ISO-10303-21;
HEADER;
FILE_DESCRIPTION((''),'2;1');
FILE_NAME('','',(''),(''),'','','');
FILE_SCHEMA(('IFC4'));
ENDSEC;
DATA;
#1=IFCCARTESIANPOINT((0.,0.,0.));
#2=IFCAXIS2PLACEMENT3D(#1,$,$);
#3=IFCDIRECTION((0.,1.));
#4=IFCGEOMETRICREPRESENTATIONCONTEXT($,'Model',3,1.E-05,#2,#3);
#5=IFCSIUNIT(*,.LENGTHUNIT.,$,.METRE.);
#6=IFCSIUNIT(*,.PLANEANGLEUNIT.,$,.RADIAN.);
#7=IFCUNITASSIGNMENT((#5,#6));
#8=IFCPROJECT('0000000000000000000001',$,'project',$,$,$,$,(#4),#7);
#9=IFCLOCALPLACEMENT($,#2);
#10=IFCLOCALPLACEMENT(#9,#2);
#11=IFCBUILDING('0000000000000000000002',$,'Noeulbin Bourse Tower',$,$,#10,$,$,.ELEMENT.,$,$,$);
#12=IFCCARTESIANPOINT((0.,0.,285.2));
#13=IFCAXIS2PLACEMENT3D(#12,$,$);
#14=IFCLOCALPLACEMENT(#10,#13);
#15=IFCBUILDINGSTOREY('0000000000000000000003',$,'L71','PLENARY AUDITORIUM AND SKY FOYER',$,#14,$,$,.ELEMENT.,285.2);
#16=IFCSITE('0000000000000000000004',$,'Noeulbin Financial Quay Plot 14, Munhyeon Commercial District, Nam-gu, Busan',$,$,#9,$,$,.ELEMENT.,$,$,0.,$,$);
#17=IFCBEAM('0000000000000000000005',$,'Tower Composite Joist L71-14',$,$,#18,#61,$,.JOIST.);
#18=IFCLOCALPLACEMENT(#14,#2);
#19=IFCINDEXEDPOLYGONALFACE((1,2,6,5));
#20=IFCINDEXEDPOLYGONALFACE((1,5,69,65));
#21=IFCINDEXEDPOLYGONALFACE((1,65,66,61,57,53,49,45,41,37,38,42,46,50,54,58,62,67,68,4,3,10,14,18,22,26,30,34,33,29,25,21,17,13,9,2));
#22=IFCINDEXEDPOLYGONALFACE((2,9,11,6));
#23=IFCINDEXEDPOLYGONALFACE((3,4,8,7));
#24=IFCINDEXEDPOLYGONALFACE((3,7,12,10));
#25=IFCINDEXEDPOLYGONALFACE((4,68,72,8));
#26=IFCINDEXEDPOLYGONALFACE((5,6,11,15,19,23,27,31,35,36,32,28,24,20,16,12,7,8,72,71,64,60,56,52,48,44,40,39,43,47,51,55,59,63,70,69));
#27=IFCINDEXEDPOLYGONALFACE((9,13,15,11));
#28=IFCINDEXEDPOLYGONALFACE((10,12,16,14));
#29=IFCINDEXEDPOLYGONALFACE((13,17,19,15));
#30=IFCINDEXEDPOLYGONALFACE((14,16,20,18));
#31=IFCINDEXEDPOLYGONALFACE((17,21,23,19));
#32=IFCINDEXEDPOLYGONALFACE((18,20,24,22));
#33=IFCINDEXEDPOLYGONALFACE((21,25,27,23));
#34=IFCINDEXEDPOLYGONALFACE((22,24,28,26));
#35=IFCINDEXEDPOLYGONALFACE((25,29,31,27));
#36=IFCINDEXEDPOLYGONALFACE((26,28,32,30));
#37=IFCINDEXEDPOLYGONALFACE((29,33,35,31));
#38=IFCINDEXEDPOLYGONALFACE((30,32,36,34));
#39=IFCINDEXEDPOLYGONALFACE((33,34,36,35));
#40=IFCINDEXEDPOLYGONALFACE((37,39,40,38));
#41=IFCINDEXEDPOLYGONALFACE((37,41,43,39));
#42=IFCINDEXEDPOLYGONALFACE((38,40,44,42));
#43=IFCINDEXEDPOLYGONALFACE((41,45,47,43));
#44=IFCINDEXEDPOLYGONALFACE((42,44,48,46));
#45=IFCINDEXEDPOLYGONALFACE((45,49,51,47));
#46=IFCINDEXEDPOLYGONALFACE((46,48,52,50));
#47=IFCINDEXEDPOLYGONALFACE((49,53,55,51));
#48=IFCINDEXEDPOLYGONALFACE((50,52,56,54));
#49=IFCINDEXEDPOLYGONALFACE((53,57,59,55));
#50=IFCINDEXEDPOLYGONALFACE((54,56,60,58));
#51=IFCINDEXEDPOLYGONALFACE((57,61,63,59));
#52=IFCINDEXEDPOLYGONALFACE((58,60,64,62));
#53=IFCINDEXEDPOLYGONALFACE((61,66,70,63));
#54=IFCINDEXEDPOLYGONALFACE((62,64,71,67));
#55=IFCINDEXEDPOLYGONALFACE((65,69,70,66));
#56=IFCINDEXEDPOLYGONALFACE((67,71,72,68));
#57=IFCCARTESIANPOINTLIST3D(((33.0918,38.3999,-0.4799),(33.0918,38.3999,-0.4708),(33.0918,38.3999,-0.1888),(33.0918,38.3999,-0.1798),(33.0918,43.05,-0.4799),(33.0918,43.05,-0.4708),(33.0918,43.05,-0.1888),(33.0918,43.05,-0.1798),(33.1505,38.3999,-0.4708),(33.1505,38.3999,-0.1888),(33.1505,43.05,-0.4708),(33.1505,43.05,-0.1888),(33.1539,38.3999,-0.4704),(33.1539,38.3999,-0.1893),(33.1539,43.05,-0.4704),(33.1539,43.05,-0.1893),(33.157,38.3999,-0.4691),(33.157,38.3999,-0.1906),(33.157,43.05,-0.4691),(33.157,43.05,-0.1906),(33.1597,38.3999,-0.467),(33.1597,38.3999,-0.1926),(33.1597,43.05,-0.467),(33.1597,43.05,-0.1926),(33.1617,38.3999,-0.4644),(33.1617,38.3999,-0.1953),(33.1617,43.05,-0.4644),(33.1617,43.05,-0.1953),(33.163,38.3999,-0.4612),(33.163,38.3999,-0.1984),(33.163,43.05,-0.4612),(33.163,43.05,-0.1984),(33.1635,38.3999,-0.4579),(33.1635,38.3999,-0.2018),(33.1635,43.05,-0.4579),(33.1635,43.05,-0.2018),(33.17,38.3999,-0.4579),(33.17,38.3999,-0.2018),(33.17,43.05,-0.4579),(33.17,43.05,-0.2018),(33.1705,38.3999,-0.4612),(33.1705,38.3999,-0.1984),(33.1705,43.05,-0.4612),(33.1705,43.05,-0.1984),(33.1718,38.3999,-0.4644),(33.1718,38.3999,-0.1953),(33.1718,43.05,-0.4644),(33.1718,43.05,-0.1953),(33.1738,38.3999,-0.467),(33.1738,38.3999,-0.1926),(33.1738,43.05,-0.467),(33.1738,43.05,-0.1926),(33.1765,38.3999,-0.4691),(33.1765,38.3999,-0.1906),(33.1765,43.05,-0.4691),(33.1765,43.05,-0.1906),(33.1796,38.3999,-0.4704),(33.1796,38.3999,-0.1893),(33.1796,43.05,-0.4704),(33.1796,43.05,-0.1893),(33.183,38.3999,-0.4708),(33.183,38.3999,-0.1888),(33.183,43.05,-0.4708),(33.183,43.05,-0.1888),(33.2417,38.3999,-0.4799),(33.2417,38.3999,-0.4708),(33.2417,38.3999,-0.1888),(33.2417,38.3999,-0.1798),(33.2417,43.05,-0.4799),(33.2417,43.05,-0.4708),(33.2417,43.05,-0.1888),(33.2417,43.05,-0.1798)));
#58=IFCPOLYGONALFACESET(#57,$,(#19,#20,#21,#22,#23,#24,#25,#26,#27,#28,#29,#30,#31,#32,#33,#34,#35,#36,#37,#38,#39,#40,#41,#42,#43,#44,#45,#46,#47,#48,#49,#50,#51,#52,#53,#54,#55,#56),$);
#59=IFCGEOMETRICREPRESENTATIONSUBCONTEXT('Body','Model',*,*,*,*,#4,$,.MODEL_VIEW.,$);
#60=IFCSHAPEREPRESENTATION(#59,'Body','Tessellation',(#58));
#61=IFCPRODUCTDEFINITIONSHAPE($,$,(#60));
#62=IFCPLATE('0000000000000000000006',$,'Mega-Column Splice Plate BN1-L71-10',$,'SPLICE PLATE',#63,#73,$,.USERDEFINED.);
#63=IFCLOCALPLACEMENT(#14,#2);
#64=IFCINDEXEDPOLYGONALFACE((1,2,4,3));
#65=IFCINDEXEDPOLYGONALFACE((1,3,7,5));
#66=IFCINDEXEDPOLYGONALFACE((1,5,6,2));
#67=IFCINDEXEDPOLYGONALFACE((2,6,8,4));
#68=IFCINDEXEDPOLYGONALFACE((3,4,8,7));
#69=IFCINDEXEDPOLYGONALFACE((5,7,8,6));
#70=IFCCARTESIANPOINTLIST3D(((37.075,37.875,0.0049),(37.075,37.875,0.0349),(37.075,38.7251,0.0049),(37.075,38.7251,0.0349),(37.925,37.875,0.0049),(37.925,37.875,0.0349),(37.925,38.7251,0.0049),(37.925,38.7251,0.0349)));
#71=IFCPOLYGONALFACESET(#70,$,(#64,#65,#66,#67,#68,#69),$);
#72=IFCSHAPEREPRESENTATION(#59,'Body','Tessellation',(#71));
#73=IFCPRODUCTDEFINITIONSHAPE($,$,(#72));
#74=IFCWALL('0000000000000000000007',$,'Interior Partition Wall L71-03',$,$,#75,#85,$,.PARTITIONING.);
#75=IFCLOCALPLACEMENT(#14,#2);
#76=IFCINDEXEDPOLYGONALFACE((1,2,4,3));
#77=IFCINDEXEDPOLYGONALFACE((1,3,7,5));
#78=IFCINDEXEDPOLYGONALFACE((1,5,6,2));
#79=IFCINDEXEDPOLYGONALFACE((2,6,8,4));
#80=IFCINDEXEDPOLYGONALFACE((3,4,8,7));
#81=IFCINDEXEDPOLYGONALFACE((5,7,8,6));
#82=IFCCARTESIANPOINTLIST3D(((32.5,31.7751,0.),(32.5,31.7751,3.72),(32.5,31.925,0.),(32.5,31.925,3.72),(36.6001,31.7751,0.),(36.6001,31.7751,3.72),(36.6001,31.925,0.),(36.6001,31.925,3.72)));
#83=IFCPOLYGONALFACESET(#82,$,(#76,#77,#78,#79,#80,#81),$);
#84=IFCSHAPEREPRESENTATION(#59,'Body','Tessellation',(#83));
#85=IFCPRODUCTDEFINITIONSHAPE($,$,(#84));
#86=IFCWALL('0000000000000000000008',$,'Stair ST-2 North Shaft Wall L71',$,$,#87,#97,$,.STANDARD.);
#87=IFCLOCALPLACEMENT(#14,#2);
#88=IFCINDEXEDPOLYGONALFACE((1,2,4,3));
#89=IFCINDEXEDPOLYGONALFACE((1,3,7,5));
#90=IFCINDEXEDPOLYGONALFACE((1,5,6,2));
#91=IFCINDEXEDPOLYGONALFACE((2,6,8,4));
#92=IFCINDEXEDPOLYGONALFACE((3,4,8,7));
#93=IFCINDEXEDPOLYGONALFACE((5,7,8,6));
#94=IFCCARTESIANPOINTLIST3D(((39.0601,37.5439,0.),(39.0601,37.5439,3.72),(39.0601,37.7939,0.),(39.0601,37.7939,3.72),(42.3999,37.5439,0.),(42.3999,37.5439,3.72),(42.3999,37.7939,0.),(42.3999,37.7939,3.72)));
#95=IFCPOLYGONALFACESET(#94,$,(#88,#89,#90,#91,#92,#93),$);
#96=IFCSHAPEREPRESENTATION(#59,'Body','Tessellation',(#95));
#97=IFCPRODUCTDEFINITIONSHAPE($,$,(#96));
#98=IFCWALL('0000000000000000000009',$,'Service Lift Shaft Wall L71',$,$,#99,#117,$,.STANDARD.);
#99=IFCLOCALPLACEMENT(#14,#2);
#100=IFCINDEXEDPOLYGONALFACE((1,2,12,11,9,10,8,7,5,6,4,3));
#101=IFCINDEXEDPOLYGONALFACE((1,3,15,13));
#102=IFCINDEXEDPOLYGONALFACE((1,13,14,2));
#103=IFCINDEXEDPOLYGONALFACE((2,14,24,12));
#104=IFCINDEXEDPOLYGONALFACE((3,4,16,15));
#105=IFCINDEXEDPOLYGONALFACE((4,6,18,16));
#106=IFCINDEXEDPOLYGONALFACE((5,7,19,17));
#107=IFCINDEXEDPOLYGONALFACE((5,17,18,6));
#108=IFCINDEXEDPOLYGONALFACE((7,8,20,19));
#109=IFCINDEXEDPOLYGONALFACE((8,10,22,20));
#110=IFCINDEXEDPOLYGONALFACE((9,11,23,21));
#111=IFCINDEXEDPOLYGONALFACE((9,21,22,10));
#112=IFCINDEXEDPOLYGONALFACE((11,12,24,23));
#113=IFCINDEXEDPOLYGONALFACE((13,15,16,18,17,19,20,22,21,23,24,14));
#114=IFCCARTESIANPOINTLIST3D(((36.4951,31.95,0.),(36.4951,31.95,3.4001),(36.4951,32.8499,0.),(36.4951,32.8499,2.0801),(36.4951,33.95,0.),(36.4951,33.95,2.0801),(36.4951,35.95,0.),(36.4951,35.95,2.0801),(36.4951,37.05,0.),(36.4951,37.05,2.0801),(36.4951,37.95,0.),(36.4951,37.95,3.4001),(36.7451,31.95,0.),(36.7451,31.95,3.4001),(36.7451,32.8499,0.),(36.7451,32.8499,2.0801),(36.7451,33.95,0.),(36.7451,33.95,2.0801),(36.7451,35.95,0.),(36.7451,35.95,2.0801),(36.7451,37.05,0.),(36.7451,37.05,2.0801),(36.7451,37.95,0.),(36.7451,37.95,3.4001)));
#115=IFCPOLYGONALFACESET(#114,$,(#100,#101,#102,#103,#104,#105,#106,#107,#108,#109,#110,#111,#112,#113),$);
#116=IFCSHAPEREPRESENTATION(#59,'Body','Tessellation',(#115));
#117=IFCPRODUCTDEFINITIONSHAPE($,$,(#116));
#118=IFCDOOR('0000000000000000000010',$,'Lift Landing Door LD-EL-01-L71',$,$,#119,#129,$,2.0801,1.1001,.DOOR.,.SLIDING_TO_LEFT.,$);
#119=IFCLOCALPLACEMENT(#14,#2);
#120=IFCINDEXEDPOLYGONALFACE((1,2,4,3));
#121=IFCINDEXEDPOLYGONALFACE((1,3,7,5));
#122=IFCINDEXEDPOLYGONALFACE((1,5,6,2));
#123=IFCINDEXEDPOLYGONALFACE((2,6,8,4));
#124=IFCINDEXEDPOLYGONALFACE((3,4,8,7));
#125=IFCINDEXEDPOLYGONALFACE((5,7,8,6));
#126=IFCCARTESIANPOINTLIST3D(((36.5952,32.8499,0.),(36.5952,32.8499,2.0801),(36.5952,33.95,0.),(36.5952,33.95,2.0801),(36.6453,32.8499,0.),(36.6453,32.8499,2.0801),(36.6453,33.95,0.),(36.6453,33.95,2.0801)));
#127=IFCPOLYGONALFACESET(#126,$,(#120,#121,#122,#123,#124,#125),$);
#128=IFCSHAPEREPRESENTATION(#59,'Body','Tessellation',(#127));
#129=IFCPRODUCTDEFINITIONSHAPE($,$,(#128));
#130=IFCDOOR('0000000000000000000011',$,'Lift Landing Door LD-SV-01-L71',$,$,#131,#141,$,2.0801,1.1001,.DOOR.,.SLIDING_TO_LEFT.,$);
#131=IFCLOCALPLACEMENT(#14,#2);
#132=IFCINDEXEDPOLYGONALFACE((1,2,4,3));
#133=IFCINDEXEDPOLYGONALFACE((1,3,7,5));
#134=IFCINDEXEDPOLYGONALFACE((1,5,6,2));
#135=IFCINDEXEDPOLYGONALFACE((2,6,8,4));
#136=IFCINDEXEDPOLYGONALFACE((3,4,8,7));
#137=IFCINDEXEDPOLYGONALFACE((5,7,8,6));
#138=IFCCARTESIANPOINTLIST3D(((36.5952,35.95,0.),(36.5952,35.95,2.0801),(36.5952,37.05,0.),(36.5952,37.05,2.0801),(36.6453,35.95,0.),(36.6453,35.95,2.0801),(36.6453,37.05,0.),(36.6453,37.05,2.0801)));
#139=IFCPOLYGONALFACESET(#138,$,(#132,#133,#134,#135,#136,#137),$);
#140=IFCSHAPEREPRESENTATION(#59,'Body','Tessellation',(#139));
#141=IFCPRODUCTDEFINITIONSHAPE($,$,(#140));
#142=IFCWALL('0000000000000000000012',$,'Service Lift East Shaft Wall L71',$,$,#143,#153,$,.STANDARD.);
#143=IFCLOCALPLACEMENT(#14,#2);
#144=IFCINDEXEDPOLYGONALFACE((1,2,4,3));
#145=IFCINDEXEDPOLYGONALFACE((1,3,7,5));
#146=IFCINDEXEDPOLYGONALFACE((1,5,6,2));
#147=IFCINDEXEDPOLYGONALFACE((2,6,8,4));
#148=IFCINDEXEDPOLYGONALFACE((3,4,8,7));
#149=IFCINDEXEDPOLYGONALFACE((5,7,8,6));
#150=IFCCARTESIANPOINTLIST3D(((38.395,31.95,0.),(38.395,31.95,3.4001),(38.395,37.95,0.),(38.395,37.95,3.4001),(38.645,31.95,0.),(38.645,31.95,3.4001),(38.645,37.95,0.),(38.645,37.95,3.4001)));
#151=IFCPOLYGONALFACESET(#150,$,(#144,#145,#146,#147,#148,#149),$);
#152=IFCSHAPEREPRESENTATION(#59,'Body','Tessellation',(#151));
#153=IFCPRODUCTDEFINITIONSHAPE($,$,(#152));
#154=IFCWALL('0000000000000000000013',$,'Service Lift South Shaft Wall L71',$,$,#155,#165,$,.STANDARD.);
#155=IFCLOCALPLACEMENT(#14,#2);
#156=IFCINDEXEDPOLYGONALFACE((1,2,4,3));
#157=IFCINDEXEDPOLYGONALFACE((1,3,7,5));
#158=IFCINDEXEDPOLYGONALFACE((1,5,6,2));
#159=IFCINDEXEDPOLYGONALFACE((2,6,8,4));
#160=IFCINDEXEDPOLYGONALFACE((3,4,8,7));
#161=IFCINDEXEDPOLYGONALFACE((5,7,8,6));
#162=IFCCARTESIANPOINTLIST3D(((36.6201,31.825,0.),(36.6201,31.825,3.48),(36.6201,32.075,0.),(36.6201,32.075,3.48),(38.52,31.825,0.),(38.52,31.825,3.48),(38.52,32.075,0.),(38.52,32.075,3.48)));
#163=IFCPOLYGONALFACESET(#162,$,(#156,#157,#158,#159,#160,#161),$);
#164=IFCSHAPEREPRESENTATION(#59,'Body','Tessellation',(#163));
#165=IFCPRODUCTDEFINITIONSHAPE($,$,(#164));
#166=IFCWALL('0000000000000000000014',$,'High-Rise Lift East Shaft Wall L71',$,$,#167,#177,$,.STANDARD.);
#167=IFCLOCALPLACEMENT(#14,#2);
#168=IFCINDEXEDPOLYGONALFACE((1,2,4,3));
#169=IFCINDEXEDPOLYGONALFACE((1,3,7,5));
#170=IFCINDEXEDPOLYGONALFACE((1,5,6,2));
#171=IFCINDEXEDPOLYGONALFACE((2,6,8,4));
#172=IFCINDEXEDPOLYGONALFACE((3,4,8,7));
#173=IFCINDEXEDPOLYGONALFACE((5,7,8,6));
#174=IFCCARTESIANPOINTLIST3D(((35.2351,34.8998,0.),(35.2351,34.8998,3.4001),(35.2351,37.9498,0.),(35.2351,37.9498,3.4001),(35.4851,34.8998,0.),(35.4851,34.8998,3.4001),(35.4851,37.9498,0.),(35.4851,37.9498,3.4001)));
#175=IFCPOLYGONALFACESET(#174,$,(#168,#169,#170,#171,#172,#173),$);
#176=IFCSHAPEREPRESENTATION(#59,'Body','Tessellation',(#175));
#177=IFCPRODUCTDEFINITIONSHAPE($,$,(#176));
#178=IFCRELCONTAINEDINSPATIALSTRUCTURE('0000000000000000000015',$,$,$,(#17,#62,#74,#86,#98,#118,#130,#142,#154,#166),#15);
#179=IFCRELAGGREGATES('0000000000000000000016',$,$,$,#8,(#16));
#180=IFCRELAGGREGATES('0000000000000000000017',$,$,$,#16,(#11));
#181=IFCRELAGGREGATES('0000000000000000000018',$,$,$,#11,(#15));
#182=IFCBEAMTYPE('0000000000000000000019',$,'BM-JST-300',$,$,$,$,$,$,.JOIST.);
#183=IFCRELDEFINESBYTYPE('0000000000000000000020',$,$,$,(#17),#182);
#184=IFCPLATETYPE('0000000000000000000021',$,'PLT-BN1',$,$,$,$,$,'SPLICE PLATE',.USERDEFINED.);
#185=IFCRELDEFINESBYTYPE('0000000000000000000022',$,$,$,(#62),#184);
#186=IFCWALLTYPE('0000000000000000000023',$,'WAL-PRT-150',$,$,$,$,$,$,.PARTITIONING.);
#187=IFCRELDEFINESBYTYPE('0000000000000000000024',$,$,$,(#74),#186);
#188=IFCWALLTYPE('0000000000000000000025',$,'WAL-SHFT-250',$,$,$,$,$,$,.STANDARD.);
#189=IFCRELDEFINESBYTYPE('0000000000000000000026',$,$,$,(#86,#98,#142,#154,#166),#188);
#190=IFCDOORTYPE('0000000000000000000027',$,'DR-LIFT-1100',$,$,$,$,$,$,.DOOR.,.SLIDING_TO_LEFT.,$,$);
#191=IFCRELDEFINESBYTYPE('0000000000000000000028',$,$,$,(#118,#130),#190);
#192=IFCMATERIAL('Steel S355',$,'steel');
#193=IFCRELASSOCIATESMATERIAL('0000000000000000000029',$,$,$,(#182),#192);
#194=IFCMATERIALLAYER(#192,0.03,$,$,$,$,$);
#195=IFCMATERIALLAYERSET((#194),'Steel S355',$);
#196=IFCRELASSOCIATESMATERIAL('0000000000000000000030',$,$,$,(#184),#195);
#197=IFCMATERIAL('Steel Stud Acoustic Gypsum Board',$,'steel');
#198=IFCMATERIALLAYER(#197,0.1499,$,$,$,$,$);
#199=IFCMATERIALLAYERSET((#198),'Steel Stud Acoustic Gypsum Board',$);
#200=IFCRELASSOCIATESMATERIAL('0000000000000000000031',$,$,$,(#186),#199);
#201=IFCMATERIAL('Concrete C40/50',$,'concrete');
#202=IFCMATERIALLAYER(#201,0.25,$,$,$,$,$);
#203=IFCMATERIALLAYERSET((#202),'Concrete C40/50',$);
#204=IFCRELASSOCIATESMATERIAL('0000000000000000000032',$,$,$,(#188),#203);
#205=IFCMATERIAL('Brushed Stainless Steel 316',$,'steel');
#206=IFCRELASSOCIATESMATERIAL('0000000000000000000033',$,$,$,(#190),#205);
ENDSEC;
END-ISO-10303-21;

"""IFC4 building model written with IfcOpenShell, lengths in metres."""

from ifc_helpers import new_model, si_unit, direction, frame, frame_2d, origin, origin_2d, place, context, subcontext, project, spatial, rectangle, i_section, extrude, material, layer, layer_set, material_profile, profile_set, type_object, element, fill, save


model = new_model("IFC4")

# Units and contexts
model_context = context("Model", 3, precision=1e-05, world=origin(), true_north=direction((0.0, 1.0)))
body_context = subcontext(model_context, "Body", "Model", "MODEL_VIEW")
ifc_project = project(units=[si_unit("LENGTHUNIT", "METRE"), si_unit("PLANEANGLEUNIT", "RADIAN")], contexts=[model_context])

# Site, building, storey
site_placement = place(None, origin())
site = spatial("IfcSite", under=ifc_project, at=site_placement, Name="Noeulbin Financial Quay Plot 14, Munhyeon Commercial District, Nam-gu, Busan", CompositionType="ELEMENT", RefElevation=0.0)
building_placement = place(site_placement, origin())
building = spatial("IfcBuilding", under=site, at=building_placement, Name="Noeulbin Bourse Tower", CompositionType="ELEMENT")
storey_placement = place(building_placement, frame((0.0, 0.0, 285.2)))
storey = spatial("IfcBuildingStorey", under=building, at=storey_placement, Name="L71", Description="PLENARY AUDITORIUM AND SKY FOYER", CompositionType="ELEMENT", Elevation=285.2)

# Shared definitions
ifc_material_1 = material(Name="Steel S355", Category="steel")

# Beam
ifc_material_profile_1 = material_profile(ifc_material_1, i_section(OverallWidth=0.1499, OverallDepth=0.3, WebThickness=0.0066, FlangeThickness=0.009, FilletRadius=0.0129, at=origin_2d()), Name="H-300x150x6.5x9", Category="LoadBearing")
ifc_profile_set_1 = profile_set([ifc_material_profile_1], Name="Steel S355")
beam_type_1 = type_object("IfcBeamType", Name="BM-JST-300", PredefinedType="JOIST", material=ifc_profile_set_1)
for number, where, z_axis, x_axis, name in (
    (1, (33.1667, 38.3999, -0.3298), (0.0, 1.0, 0.0), (-1.0, 0.0, 0.0), "Tower Composite Joist L71-14"),
):
    element("IfcBeam", number, at=place(storey_placement, frame(where, z_axis=z_axis, x_axis=x_axis)), inside=storey, type_object=beam_type_1, Name=name, PredefinedType="JOIST", context=body_context, shape_type="SweptSolid", body=[
        extrude(i_section(OverallWidth=0.1499, OverallDepth=0.3, WebThickness=0.0066, FlangeThickness=0.009, FilletRadius=0.0129, at=origin_2d()), origin(), (0.0, 0.0, 1.0), 4.6501),
    ])

# Plate
ifc_layer_1 = layer(ifc_material_1, 0.03)
ifc_layer_set_1 = layer_set([ifc_layer_1], Name="Steel S355")
plate_type = type_object("IfcPlateType", Name="PLT-BN1", ElementType="SPLICE PLATE", PredefinedType="USERDEFINED", material=ifc_layer_set_1)
plate_placement = place(storey_placement, frame((37.5, 38.3, 0.0049), z_axis=(0.0, 0.0, 1.0), x_axis=(1.0, 0.0, 0.0)))
element("IfcPlate", 2, at=plate_placement, inside=storey, type_object=plate_type, Name="Mega-Column Splice Plate BN1-L71-10", ObjectType="SPLICE PLATE", PredefinedType="USERDEFINED", context=body_context, shape_type="SweptSolid", body=[
    extrude(rectangle(XDim=0.8501, YDim=0.8501, at=origin_2d()), origin(), (0.0, 0.0, 1.0), 0.03),
])

# Walls
ifc_material_2 = material(Name="Steel Stud Acoustic Gypsum Board", Category="steel")
ifc_layer_2 = layer(ifc_material_2, 0.1499)
ifc_layer_set_2 = layer_set([ifc_layer_2], Name="Steel Stud Acoustic Gypsum Board")
wall_type_1 = type_object("IfcWallType", Name="WAL-PRT-150", PredefinedType="PARTITIONING", material=ifc_layer_set_2)
wall_1_placement = place(storey_placement, frame((32.5, 31.8501, 0.0), z_axis=(0.0, 0.0, 1.0), x_axis=(1.0, 0.0, 0.0)))
element("IfcWall", 3, at=wall_1_placement, inside=storey, type_object=wall_type_1, Name="Interior Partition Wall L71-03", PredefinedType="PARTITIONING", context=body_context, shape_type="SweptSolid", body=[
    extrude(rectangle(XDim=4.1001, YDim=0.1499, at=frame_2d((2.05, 0.0))), origin(), (0.0, 0.0, 1.0), 3.72),
])
ifc_material_3 = material(Name="Concrete C40/50", Category="concrete")
ifc_layer_3 = layer(ifc_material_3, 0.25)
ifc_layer_set_3 = layer_set([ifc_layer_3], Name="Concrete C40/50")
wall_type_2 = type_object("IfcWallType", Name="WAL-SHFT-250", PredefinedType="STANDARD", material=ifc_layer_set_3)
wall_2_placement = place(storey_placement, frame((39.0601, 37.6689, 0.0), z_axis=(0.0, 0.0, 1.0), x_axis=(1.0, 0.0, 0.0)))
element("IfcWall", 4, at=wall_2_placement, inside=storey, type_object=wall_type_2, Name="Stair ST-2 North Shaft Wall L71", PredefinedType="STANDARD", context=body_context, shape_type="SweptSolid", body=[
    extrude(rectangle(XDim=3.3398, YDim=0.25, at=frame_2d((1.6699, 0.0))), origin(), (0.0, 0.0, 1.0), 3.72),
])

# Wall, openings, doors
wall_3_placement = place(storey_placement, frame((36.6201, 31.95, 0.0), z_axis=(0.0, 0.0, 1.0), x_axis=(0.0, 1.0, 0.0)))
wall_3 = element("IfcWall", 5, at=wall_3_placement, inside=storey, type_object=wall_type_2, Name="Service Lift Shaft Wall L71", PredefinedType="STANDARD", context=body_context, shape_type="SweptSolid", body=[
    extrude(rectangle(XDim=6.0, YDim=0.25, at=frame_2d((3.0, 0.0))), origin(), (0.0, 0.0, 1.0), 3.4001),
])
opening_1_placement = place(wall_3_placement, frame((0.8999, 0.0, 0.0)))
opening_1 = element("IfcOpeningElement", 6, at=opening_1_placement, cuts=wall_3, PredefinedType="OPENING", context=body_context, shape_type="SweptSolid", body=[
    extrude(rectangle(XDim=1.1001, YDim=2.0801, at=frame_2d((0.55, 1.04))), frame((0.0, 0.135, 0.0), z_axis=(0.0, -1.0, 0.0), x_axis=(1.0, 0.0, 0.0)), (0.0, 0.0, 1.0), 0.27),
])
opening_2_placement = place(wall_3_placement, frame((4.0, 0.0, 0.0)))
opening_2 = element("IfcOpeningElement", 7, at=opening_2_placement, cuts=wall_3, PredefinedType="OPENING", context=body_context, shape_type="SweptSolid", body=[
    extrude(rectangle(XDim=1.1001, YDim=2.0801, at=frame_2d((0.55, 1.04))), frame((0.0, 0.135, 0.0), z_axis=(0.0, -1.0, 0.0), x_axis=(1.0, 0.0, 0.0)), (0.0, 0.0, 1.0), 0.27),
])
ifc_material_4 = material(Name="Brushed Stainless Steel 316", Category="steel")
door_type_1 = type_object("IfcDoorType", Name="DR-LIFT-1100", OperationType="SLIDING_TO_LEFT", PredefinedType="DOOR", material=ifc_material_4)
door_1_placement = place(opening_1_placement, origin())
door_1 = element("IfcDoor", 8, at=door_1_placement, inside=storey, type_object=door_type_1, Name="Lift Landing Door LD-EL-01-L71", OperationType="SLIDING_TO_LEFT", OverallHeight=2.0801, OverallWidth=1.1001, PredefinedType="DOOR", context=body_context, shape_type="SweptSolid", body=[
    extrude(rectangle(XDim=1.1001, YDim=2.0801, at=frame_2d((0.55, 1.04))), frame((0.0, 0.0249, 0.0), z_axis=(0.0, -1.0, 0.0), x_axis=(1.0, 0.0, 0.0)), (0.0, 0.0, 1.0), 0.05),
])
fill(opening_1, door_1)
door_2_placement = place(opening_2_placement, origin())
door_2 = element("IfcDoor", 9, at=door_2_placement, inside=storey, type_object=door_type_1, Name="Lift Landing Door LD-SV-01-L71", OperationType="SLIDING_TO_LEFT", OverallHeight=2.0801, OverallWidth=1.1001, PredefinedType="DOOR", context=body_context, shape_type="SweptSolid", body=[
    extrude(rectangle(XDim=1.1001, YDim=2.0801, at=frame_2d((0.55, 1.04))), frame((0.0, 0.0249, 0.0), z_axis=(0.0, -1.0, 0.0), x_axis=(1.0, 0.0, 0.0)), (0.0, 0.0, 1.0), 0.05),
])
fill(opening_2, door_2)

# Walls
wall_4_placement = place(storey_placement, frame((38.52, 31.95, 0.0), z_axis=(0.0, 0.0, 1.0), x_axis=(0.0, 1.0, 0.0)))
element("IfcWall", 10, at=wall_4_placement, inside=storey, type_object=wall_type_2, Name="Service Lift East Shaft Wall L71", PredefinedType="STANDARD", context=body_context, shape_type="SweptSolid", body=[
    extrude(rectangle(XDim=6.0, YDim=0.25, at=frame_2d((3.0, 0.0))), origin(), (0.0, 0.0, 1.0), 3.4001),
])
wall_5_placement = place(storey_placement, frame((36.6201, 31.95, 0.0), z_axis=(0.0, 0.0, 1.0), x_axis=(1.0, 0.0, 0.0)))
element("IfcWall", 11, at=wall_5_placement, inside=storey, type_object=wall_type_2, Name="Service Lift South Shaft Wall L71", PredefinedType="STANDARD", context=body_context, shape_type="SweptSolid", body=[
    extrude(rectangle(XDim=1.8999, YDim=0.25, at=frame_2d((0.95, 0.0))), origin(), (0.0, 0.0, 1.0), 3.48),
])
wall_6_placement = place(storey_placement, frame((35.3601, 34.8999, 0.0), z_axis=(0.0, 0.0, 1.0), x_axis=(0.0, 1.0, 0.0)))
element("IfcWall", 12, at=wall_6_placement, inside=storey, type_object=wall_type_2, Name="High-Rise Lift East Shaft Wall L71", PredefinedType="STANDARD", context=body_context, shape_type="SweptSolid", body=[
    extrude(rectangle(XDim=3.05, YDim=0.25, at=frame_2d((1.5249, 0.0))), origin(), (0.0, 0.0, 1.0), 3.4001),
])

save(model, "model.ifc")
